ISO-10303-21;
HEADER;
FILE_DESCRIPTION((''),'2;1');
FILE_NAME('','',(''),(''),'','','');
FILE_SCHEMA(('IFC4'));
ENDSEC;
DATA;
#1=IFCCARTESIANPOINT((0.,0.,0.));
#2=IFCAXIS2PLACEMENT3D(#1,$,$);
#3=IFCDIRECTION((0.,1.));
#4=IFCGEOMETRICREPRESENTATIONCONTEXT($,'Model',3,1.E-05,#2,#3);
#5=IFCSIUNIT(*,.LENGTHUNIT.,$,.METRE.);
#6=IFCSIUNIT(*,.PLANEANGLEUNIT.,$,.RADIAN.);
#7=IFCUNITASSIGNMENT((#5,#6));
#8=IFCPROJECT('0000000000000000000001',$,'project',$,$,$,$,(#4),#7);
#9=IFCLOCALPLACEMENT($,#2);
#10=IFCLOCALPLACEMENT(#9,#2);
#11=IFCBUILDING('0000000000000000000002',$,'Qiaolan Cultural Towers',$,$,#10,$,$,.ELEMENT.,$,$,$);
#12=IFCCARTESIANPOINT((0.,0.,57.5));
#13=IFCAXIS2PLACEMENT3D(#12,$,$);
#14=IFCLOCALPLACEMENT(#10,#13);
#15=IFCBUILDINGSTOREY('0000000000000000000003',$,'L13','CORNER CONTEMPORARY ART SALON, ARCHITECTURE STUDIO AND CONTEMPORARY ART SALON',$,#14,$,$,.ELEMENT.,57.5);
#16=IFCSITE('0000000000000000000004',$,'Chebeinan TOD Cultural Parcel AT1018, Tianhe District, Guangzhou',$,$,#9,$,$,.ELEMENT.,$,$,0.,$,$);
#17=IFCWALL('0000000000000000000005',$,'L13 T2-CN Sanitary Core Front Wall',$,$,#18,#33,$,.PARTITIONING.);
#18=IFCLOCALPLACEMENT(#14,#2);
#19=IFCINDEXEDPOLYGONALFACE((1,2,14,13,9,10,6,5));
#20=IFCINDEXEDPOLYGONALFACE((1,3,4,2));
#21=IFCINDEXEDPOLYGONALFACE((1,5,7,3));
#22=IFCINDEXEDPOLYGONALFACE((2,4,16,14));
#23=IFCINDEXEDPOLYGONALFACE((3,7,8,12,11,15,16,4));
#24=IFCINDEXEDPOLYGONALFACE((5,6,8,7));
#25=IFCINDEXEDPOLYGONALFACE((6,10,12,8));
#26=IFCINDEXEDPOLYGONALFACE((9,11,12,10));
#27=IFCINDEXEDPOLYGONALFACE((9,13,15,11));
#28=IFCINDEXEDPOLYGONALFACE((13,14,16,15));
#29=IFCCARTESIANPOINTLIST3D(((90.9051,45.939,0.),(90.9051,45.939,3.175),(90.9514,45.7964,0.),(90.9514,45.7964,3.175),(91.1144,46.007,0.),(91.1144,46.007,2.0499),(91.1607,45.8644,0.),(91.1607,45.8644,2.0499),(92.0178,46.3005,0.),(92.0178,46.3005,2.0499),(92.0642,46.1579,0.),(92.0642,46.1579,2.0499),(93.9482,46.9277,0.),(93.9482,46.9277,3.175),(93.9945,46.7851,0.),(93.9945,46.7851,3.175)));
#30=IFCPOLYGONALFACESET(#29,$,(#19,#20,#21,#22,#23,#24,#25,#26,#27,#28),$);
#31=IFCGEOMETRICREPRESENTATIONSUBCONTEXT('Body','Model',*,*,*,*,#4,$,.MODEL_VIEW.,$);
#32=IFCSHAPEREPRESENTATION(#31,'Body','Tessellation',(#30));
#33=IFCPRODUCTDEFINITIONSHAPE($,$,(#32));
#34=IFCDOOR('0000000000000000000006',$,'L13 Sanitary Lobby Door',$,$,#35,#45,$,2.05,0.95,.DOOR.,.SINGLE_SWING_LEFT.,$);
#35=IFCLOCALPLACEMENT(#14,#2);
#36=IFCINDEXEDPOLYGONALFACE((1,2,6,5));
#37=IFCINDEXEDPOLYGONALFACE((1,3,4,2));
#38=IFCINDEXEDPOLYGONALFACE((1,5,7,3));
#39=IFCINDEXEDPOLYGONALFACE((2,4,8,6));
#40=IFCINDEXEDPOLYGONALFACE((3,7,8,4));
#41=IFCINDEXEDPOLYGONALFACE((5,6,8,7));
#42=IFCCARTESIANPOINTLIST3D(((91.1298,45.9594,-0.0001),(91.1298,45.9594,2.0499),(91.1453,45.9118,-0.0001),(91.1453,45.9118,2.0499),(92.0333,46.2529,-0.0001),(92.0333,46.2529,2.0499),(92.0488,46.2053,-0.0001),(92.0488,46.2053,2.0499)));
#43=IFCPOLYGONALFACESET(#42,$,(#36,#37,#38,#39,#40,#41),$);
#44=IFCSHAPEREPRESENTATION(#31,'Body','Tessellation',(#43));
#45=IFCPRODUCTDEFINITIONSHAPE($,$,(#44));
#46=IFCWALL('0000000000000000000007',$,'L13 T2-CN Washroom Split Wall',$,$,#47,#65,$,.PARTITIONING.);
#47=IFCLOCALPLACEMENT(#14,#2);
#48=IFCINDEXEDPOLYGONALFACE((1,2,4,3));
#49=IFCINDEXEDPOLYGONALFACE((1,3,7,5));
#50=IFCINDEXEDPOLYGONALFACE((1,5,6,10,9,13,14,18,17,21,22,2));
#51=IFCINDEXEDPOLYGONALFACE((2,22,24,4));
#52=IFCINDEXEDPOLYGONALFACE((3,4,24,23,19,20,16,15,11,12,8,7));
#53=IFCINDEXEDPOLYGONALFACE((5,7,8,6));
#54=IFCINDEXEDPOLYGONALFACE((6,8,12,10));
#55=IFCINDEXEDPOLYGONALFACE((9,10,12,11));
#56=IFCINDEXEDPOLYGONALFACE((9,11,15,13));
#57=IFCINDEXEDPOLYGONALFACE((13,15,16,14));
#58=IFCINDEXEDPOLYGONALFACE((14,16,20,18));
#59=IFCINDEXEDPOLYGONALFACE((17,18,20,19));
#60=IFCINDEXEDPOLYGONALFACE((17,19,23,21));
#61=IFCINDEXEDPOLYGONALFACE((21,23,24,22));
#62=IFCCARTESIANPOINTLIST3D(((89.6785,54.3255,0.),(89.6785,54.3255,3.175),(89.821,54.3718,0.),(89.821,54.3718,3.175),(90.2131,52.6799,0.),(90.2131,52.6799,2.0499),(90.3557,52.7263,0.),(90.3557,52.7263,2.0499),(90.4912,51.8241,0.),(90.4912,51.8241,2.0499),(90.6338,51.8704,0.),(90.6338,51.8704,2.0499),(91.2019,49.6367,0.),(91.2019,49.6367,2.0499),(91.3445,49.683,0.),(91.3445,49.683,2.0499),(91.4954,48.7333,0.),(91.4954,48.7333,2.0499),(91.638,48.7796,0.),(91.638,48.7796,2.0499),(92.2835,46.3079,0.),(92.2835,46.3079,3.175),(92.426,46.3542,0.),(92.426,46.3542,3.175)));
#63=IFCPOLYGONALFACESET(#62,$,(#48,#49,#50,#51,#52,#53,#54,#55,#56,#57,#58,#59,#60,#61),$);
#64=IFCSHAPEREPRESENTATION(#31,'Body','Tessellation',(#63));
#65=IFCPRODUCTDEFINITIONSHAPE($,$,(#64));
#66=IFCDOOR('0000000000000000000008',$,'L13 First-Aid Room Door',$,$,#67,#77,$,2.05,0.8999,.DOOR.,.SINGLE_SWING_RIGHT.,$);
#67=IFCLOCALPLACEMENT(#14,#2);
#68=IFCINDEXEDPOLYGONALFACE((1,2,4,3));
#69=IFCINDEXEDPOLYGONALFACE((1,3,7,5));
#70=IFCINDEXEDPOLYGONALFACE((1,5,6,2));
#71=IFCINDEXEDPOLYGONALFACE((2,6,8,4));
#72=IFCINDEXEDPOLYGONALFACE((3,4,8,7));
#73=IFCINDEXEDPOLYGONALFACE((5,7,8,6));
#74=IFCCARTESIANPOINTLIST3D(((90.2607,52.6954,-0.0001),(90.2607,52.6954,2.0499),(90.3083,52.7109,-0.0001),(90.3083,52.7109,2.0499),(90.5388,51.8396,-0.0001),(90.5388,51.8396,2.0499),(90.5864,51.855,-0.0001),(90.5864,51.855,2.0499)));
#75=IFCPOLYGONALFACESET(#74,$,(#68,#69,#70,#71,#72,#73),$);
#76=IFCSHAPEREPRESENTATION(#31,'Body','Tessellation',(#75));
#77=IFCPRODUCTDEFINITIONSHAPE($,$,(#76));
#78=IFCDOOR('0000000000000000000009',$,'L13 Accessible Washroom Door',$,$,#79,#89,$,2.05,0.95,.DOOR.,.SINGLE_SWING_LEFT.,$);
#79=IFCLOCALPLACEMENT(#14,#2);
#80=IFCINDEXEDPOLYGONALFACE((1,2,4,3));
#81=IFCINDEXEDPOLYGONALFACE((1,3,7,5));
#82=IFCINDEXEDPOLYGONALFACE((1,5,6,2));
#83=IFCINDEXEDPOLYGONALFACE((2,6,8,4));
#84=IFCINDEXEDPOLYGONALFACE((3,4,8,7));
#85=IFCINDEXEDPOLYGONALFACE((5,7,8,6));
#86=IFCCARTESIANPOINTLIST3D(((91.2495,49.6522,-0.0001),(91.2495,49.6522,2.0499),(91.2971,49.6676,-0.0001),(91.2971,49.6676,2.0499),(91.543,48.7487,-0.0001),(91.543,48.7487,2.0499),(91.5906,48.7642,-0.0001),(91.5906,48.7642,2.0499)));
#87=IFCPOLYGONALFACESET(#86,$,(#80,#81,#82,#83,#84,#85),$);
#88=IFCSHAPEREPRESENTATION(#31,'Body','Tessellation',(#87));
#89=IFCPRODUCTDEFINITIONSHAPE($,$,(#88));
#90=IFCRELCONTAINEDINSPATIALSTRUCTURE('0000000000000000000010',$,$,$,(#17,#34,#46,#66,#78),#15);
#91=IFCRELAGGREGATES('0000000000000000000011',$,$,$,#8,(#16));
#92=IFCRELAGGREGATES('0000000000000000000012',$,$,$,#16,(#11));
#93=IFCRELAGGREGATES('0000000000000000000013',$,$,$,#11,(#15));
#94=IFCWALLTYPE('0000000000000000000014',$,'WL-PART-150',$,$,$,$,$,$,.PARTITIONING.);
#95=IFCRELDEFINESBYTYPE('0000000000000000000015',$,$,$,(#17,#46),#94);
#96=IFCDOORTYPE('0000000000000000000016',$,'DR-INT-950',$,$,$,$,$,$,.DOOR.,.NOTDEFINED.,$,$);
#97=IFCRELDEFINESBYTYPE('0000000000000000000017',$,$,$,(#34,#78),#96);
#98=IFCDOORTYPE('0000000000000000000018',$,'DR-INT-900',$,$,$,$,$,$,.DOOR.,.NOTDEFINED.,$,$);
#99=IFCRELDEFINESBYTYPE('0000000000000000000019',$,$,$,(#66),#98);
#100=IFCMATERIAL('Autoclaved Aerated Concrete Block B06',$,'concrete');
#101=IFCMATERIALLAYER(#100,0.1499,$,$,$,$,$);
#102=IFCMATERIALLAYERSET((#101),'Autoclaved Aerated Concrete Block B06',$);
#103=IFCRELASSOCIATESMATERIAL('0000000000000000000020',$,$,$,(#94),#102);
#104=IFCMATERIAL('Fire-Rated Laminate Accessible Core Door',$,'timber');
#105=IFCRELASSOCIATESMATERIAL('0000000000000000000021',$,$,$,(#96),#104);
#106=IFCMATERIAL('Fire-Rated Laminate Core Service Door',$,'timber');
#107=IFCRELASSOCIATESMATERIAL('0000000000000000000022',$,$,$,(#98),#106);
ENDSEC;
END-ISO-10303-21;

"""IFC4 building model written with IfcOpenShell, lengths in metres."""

from ifc_helpers import new_model, si_unit, direction, frame, frame_2d, origin, place, context, subcontext, project, spatial, rectangle, extrude, material, layer, layer_set, type_object, element, fill, save


model = new_model("IFC4")

# Units and contexts
model_context = context("Model", 3, precision=1e-05, world=origin(), true_north=direction((0.0, 1.0)))
body_context = subcontext(model_context, "Body", "Model", "MODEL_VIEW")
ifc_project = project(units=[si_unit("LENGTHUNIT", "METRE"), si_unit("PLANEANGLEUNIT", "RADIAN")], contexts=[model_context])

# Site, building, storey
site_placement = place(None, origin())
site = spatial("IfcSite", under=ifc_project, at=site_placement, Name="Chebeinan TOD Cultural Parcel AT1018, Tianhe District, Guangzhou", CompositionType="ELEMENT", RefElevation=0.0)
building_placement = place(site_placement, origin())
building = spatial("IfcBuilding", under=site, at=building_placement, Name="Qiaolan Cultural Towers", CompositionType="ELEMENT")
storey_placement = place(building_placement, frame((0.0, 0.0, 57.5)))
storey = spatial("IfcBuildingStorey", under=building, at=storey_placement, Name="L13", Description="CORNER CONTEMPORARY ART SALON, ARCHITECTURE STUDIO AND CONTEMPORARY ART SALON", CompositionType="ELEMENT", Elevation=57.5)

# Wall, opening, door
ifc_material_1 = material(Name="Autoclaved Aerated Concrete Block B06", Category="concrete")
ifc_layer_1 = layer(ifc_material_1, 0.1499)
ifc_layer_set_1 = layer_set([ifc_layer_1], Name="Autoclaved Aerated Concrete Block B06")
wall_type_1 = type_object("IfcWallType", Name="WL-PART-150", PredefinedType="PARTITIONING", material=ifc_layer_set_1)
wall_1_placement = place(storey_placement, frame((90.9282, 45.8677, 0.0), z_axis=(0.0, 0.0, 1.0), x_axis=(0.951059, 0.309008, 0.0)))
wall_1 = element("IfcWall", 1, at=wall_1_placement, inside=storey, type_object=wall_type_1, Name="L13 T2-CN Sanitary Core Front Wall", PredefinedType="PARTITIONING", context=body_context, shape_type="SweptSolid", body=[
    extrude(rectangle(XDim=3.1997, YDim=0.1499, at=frame_2d((1.5999, 0.0))), origin(), (0.0, 0.0, 1.0), 3.175),
])
opening_1_placement = place(wall_1_placement, frame((0.22, 0.0, 0.0)))
opening_1 = element("IfcOpeningElement", 2, at=opening_1_placement, cuts=wall_1, PredefinedType="OPENING", context=body_context, shape_type="SweptSolid", body=[
    extrude(rectangle(XDim=0.95, YDim=2.05, at=frame_2d((0.4751, 1.0249))), frame((0.0, 0.085, 0.0), z_axis=(0.0, -1.0, 0.0), x_axis=(1.0, 0.0, 0.0)), (0.0, 0.0, 1.0), 0.1699),
])
ifc_material_2 = material(Name="Fire-Rated Laminate Accessible Core Door", Category="timber")
door_type_1 = type_object("IfcDoorType", Name="DR-INT-950", OperationType="NOTDEFINED", PredefinedType="DOOR", material=ifc_material_2)
door_1_placement = place(opening_1_placement, origin())
door_1 = element("IfcDoor", 3, at=door_1_placement, inside=storey, type_object=door_type_1, Name="L13 Sanitary Lobby Door", OperationType="SINGLE_SWING_LEFT", OverallHeight=2.05, OverallWidth=0.95, PredefinedType="DOOR", context=body_context, shape_type="SweptSolid", body=[
    extrude(rectangle(XDim=0.95, YDim=2.05, at=frame_2d((0.4751, 1.0249))), frame((0.0, 0.0249, 0.0), z_axis=(0.0, -1.0, 0.0), x_axis=(1.0, 0.0, 0.0)), (0.0, 0.0, 1.0), 0.05),
])
fill(opening_1, door_1)

# Wall, openings, doors
wall_2_placement = place(storey_placement, frame((92.3547, 46.3311, 0.0), z_axis=(0.0, 0.0, 1.0), x_axis=(-0.309007, 0.95106, 0.0)))
wall_2 = element("IfcWall", 4, at=wall_2_placement, inside=storey, type_object=wall_type_1, Name="L13 T2-CN Washroom Split Wall", PredefinedType="PARTITIONING", context=body_context, shape_type="SweptSolid", body=[
    extrude(rectangle(XDim=8.4302, YDim=0.1499, at=frame_2d((4.2151, 0.0))), origin(), (0.0, 0.0, 1.0), 3.175),
])
opening_2_placement = place(wall_2_placement, frame((2.55, 0.0, 0.0)))
opening_2 = element("IfcOpeningElement", 5, at=opening_2_placement, cuts=wall_2, PredefinedType="OPENING", context=body_context, shape_type="SweptSolid", body=[
    extrude(rectangle(XDim=0.95, YDim=2.05, at=frame_2d((0.4751, 1.0249))), frame((0.0, 0.085, 0.0), z_axis=(0.0, -1.0, 0.0), x_axis=(1.0, 0.0, 0.0)), (0.0, 0.0, 1.0), 0.1699),
])
opening_3_placement = place(wall_2_placement, frame((5.8, 0.0, 0.0)))
opening_3 = element("IfcOpeningElement", 6, at=opening_3_placement, cuts=wall_2, PredefinedType="OPENING", context=body_context, shape_type="SweptSolid", body=[
    extrude(rectangle(XDim=0.8999, YDim=2.05, at=frame_2d((0.45, 1.0249))), frame((0.0, 0.085, 0.0), z_axis=(0.0, -1.0, 0.0), x_axis=(1.0, 0.0, 0.0)), (0.0, 0.0, 1.0), 0.1699),
])
ifc_material_3 = material(Name="Fire-Rated Laminate Core Service Door", Category="timber")
door_type_2 = type_object("IfcDoorType", Name="DR-INT-900", OperationType="NOTDEFINED", PredefinedType="DOOR", material=ifc_material_3)
door_2_placement = place(opening_3_placement, origin())
door_2 = element("IfcDoor", 7, at=door_2_placement, inside=storey, type_object=door_type_2, Name="L13 First-Aid Room Door", OperationType="SINGLE_SWING_RIGHT", OverallHeight=2.05, OverallWidth=0.8999, PredefinedType="DOOR", context=body_context, shape_type="SweptSolid", body=[
    extrude(rectangle(XDim=0.8999, YDim=2.05, at=frame_2d((0.45, 1.0249))), frame((0.0, 0.0249, 0.0), z_axis=(0.0, -1.0, 0.0), x_axis=(1.0, 0.0, 0.0)), (0.0, 0.0, 1.0), 0.05),
])
fill(opening_3, door_2)
door_3_placement = place(opening_2_placement, origin())
door_3 = element("IfcDoor", 8, at=door_3_placement, inside=storey, type_object=door_type_1, Name="L13 Accessible Washroom Door", OperationType="SINGLE_SWING_LEFT", OverallHeight=2.05, OverallWidth=0.95, PredefinedType="DOOR", context=body_context, shape_type="SweptSolid", body=[
    extrude(rectangle(XDim=0.95, YDim=2.05, at=frame_2d((0.4751, 1.0249))), frame((0.0, 0.0249, 0.0), z_axis=(0.0, -1.0, 0.0), x_axis=(1.0, 0.0, 0.0)), (0.0, 0.0, 1.0), 0.05),
])
fill(opening_2, door_3)

save(model, "model.ifc")
